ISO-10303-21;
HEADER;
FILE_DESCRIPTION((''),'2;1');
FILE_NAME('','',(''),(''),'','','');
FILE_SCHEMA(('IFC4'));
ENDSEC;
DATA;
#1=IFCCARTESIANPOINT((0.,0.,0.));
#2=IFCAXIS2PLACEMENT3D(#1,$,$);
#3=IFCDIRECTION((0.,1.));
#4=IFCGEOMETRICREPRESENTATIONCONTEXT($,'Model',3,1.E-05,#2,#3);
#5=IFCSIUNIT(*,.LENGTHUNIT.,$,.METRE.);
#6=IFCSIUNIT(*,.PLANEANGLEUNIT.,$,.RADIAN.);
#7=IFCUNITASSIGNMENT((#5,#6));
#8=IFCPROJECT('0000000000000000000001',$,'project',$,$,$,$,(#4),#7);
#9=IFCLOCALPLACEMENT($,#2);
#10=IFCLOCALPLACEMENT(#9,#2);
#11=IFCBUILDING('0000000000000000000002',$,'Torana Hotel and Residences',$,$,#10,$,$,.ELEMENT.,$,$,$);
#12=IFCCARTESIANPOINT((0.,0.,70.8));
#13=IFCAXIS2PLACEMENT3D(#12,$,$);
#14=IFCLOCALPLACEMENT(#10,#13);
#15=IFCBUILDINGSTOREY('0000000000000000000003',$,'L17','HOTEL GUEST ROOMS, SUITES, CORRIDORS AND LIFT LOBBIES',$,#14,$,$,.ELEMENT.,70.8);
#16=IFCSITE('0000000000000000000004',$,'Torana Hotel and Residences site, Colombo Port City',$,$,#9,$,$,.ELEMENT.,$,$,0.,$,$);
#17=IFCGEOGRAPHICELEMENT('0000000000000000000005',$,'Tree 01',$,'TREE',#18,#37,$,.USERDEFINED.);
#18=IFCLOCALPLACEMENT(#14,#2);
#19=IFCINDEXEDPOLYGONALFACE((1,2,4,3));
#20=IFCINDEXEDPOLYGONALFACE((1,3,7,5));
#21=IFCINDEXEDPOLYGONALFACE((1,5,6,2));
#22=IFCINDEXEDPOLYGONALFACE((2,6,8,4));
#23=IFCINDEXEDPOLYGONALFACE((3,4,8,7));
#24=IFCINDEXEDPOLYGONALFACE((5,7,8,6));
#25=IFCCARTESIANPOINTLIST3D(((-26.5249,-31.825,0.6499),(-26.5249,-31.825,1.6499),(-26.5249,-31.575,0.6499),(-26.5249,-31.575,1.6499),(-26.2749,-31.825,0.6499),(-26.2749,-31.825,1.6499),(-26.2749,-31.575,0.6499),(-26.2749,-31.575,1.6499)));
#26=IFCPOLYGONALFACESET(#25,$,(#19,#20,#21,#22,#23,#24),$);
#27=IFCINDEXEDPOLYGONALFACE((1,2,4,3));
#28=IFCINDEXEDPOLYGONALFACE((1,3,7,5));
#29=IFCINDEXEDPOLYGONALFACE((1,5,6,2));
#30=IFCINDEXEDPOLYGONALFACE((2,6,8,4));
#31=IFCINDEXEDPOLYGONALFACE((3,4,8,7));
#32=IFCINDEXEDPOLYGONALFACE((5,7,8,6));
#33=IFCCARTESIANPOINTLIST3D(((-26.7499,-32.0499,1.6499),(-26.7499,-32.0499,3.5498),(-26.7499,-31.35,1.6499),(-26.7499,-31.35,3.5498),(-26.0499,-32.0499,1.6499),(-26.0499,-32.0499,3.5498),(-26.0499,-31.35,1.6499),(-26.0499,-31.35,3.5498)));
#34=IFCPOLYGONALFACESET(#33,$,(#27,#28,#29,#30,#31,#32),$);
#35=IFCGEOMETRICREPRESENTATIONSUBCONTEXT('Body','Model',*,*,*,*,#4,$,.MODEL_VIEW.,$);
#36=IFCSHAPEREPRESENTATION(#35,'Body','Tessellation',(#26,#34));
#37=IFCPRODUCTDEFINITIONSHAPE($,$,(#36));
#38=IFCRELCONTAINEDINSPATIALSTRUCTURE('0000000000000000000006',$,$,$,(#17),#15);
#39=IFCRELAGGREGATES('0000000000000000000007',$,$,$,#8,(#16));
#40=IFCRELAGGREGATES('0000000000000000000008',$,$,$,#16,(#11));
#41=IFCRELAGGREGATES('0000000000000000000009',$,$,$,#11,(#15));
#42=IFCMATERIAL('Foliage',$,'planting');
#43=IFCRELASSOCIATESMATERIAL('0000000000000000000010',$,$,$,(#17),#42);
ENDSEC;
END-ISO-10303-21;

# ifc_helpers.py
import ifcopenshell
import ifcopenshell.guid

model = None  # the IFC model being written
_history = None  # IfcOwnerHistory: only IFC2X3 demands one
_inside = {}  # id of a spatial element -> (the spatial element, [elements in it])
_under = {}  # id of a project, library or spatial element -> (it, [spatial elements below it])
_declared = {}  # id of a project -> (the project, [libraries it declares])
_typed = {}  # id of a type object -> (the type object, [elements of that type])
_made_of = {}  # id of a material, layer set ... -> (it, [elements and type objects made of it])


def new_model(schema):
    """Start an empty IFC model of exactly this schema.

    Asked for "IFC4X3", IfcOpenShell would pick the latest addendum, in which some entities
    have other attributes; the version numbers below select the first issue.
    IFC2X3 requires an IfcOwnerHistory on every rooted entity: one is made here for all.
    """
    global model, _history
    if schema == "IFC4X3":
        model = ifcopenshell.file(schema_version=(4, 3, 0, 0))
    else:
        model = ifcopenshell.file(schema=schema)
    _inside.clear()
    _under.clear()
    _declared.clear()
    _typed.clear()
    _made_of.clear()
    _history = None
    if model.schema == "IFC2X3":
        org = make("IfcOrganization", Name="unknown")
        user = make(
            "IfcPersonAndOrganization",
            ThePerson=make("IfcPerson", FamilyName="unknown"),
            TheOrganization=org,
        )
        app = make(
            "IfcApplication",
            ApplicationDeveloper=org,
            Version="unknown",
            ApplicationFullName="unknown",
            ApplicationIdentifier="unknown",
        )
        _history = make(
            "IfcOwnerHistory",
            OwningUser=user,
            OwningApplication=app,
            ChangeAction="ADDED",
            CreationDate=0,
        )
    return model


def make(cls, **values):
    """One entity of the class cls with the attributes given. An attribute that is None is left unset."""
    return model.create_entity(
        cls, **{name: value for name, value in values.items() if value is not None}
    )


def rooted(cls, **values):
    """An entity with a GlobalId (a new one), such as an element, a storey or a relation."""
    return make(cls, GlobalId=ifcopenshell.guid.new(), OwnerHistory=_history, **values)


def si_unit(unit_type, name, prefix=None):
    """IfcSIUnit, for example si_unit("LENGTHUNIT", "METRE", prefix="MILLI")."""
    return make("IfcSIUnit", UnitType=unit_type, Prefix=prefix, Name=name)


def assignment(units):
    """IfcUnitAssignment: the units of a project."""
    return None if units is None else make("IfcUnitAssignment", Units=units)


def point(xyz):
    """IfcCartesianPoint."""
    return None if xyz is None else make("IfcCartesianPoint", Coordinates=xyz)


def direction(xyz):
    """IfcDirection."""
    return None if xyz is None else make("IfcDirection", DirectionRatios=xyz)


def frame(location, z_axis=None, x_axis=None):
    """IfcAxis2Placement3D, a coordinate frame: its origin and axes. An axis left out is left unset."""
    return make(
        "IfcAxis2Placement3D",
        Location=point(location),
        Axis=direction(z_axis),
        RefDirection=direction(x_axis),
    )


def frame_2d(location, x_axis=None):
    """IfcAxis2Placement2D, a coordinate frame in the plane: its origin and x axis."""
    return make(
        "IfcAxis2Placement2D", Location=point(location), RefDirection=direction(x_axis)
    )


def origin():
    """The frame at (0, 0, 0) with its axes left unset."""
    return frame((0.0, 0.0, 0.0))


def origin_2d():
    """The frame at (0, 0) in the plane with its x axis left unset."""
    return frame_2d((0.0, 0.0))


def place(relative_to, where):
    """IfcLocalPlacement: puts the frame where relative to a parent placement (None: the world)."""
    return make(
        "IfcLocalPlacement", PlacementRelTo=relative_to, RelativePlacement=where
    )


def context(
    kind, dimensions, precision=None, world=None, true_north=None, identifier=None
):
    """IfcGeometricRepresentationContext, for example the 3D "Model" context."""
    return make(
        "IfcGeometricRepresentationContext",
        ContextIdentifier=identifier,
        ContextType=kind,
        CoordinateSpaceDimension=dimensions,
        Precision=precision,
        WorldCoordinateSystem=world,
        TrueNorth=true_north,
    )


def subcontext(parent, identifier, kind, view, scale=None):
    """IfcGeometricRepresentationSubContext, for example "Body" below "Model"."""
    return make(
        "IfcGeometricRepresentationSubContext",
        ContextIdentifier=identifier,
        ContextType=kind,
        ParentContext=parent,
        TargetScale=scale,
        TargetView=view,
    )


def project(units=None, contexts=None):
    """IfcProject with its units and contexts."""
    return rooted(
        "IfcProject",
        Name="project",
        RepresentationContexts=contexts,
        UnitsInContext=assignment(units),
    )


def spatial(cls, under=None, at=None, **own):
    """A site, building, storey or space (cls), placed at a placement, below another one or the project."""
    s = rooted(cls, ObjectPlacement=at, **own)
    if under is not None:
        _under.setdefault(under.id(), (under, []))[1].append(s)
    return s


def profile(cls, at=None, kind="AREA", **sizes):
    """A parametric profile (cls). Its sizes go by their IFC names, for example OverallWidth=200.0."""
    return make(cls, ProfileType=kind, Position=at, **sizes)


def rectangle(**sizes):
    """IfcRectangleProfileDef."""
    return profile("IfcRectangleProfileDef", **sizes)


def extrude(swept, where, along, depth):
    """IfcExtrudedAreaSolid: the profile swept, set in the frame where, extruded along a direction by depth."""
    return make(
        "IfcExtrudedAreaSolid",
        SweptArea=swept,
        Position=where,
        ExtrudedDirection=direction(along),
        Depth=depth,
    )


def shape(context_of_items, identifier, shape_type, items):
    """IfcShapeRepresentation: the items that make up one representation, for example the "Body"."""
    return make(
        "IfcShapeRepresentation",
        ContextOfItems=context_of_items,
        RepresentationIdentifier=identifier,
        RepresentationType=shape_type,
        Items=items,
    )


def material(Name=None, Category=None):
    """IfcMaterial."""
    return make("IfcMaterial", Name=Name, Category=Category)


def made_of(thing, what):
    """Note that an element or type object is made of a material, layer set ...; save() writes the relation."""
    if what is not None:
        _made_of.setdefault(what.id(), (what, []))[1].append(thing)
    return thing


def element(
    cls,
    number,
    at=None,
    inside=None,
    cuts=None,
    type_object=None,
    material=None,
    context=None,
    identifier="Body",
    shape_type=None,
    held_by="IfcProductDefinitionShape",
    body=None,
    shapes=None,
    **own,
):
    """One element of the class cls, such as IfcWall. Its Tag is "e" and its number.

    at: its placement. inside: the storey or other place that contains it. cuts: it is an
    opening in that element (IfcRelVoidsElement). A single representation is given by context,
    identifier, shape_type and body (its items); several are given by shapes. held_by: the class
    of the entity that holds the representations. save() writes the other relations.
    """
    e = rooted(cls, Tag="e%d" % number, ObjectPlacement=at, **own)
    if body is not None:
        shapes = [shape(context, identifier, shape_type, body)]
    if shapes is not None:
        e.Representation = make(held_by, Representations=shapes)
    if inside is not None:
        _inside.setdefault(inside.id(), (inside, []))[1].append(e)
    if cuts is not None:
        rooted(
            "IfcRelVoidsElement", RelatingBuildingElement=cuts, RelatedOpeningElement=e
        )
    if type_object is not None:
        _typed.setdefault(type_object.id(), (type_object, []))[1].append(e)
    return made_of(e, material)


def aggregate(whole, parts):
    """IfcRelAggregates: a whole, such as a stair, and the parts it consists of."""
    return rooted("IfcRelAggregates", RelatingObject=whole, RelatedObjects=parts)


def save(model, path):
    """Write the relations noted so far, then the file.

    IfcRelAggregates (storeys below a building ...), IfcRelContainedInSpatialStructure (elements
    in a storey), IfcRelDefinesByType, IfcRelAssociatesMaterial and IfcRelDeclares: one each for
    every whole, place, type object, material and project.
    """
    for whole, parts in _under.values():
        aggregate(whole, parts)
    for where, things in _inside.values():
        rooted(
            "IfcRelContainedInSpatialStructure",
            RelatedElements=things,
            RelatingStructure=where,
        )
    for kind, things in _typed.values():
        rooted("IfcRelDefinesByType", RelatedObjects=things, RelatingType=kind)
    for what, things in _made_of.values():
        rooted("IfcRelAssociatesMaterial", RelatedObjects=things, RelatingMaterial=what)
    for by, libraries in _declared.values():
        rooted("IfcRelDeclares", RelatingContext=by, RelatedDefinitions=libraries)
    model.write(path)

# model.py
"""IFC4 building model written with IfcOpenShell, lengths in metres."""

from ifc_helpers import new_model, si_unit, direction, frame, origin, origin_2d, place, context, subcontext, project, spatial, rectangle, extrude, material, element, save


model = new_model("IFC4")

# Units and contexts
model_context = context("Model", 3, precision=1e-05, world=origin(), true_north=direction((0.0, 1.0)))
body_context = subcontext(model_context, "Body", "Model", "MODEL_VIEW")
ifc_project = project(units=[si_unit("LENGTHUNIT", "METRE"), si_unit("PLANEANGLEUNIT", "RADIAN")], contexts=[model_context])

# Site, building, storey
site_placement = place(None, origin())
site = spatial("IfcSite", under=ifc_project, at=site_placement, Name="Torana Hotel and Residences site, Colombo Port City", CompositionType="ELEMENT", RefElevation=0.0)
building_placement = place(site_placement, origin())
building = spatial("IfcBuilding", under=site, at=building_placement, Name="Torana Hotel and Residences", CompositionType="ELEMENT")
storey_placement = place(building_placement, frame((0.0, 0.0, 70.8)))
storey = spatial("IfcBuildingStorey", under=building, at=storey_placement, Name="L17", Description="HOTEL GUEST ROOMS, SUITES, CORRIDORS AND LIFT LOBBIES", CompositionType="ELEMENT", Elevation=70.8)

# Geographic element
ifc_material_1 = material(Name="Foliage", Category="planting")
geographic_element_placement = place(storey_placement, frame((-26.3999, -31.7, 0.6499), z_axis=(0.0, 0.0, 1.0), x_axis=(1.0, 0.0, 0.0)))
element("IfcGeographicElement", 1, at=geographic_element_placement, inside=storey, material=ifc_material_1, Name="Tree 01", ObjectType="TREE", PredefinedType="USERDEFINED", context=body_context, shape_type="SweptSolid", body=[
    extrude(rectangle(XDim=0.25, YDim=0.25, at=origin_2d()), origin(), (0.0, 0.0, 1.0), 1.0),
    extrude(rectangle(XDim=0.7, YDim=0.7, at=origin_2d()), frame((0.0, 0.0, 1.0)), (0.0, 0.0, 1.0), 1.8999),
])

save(model, "model.ifc")
